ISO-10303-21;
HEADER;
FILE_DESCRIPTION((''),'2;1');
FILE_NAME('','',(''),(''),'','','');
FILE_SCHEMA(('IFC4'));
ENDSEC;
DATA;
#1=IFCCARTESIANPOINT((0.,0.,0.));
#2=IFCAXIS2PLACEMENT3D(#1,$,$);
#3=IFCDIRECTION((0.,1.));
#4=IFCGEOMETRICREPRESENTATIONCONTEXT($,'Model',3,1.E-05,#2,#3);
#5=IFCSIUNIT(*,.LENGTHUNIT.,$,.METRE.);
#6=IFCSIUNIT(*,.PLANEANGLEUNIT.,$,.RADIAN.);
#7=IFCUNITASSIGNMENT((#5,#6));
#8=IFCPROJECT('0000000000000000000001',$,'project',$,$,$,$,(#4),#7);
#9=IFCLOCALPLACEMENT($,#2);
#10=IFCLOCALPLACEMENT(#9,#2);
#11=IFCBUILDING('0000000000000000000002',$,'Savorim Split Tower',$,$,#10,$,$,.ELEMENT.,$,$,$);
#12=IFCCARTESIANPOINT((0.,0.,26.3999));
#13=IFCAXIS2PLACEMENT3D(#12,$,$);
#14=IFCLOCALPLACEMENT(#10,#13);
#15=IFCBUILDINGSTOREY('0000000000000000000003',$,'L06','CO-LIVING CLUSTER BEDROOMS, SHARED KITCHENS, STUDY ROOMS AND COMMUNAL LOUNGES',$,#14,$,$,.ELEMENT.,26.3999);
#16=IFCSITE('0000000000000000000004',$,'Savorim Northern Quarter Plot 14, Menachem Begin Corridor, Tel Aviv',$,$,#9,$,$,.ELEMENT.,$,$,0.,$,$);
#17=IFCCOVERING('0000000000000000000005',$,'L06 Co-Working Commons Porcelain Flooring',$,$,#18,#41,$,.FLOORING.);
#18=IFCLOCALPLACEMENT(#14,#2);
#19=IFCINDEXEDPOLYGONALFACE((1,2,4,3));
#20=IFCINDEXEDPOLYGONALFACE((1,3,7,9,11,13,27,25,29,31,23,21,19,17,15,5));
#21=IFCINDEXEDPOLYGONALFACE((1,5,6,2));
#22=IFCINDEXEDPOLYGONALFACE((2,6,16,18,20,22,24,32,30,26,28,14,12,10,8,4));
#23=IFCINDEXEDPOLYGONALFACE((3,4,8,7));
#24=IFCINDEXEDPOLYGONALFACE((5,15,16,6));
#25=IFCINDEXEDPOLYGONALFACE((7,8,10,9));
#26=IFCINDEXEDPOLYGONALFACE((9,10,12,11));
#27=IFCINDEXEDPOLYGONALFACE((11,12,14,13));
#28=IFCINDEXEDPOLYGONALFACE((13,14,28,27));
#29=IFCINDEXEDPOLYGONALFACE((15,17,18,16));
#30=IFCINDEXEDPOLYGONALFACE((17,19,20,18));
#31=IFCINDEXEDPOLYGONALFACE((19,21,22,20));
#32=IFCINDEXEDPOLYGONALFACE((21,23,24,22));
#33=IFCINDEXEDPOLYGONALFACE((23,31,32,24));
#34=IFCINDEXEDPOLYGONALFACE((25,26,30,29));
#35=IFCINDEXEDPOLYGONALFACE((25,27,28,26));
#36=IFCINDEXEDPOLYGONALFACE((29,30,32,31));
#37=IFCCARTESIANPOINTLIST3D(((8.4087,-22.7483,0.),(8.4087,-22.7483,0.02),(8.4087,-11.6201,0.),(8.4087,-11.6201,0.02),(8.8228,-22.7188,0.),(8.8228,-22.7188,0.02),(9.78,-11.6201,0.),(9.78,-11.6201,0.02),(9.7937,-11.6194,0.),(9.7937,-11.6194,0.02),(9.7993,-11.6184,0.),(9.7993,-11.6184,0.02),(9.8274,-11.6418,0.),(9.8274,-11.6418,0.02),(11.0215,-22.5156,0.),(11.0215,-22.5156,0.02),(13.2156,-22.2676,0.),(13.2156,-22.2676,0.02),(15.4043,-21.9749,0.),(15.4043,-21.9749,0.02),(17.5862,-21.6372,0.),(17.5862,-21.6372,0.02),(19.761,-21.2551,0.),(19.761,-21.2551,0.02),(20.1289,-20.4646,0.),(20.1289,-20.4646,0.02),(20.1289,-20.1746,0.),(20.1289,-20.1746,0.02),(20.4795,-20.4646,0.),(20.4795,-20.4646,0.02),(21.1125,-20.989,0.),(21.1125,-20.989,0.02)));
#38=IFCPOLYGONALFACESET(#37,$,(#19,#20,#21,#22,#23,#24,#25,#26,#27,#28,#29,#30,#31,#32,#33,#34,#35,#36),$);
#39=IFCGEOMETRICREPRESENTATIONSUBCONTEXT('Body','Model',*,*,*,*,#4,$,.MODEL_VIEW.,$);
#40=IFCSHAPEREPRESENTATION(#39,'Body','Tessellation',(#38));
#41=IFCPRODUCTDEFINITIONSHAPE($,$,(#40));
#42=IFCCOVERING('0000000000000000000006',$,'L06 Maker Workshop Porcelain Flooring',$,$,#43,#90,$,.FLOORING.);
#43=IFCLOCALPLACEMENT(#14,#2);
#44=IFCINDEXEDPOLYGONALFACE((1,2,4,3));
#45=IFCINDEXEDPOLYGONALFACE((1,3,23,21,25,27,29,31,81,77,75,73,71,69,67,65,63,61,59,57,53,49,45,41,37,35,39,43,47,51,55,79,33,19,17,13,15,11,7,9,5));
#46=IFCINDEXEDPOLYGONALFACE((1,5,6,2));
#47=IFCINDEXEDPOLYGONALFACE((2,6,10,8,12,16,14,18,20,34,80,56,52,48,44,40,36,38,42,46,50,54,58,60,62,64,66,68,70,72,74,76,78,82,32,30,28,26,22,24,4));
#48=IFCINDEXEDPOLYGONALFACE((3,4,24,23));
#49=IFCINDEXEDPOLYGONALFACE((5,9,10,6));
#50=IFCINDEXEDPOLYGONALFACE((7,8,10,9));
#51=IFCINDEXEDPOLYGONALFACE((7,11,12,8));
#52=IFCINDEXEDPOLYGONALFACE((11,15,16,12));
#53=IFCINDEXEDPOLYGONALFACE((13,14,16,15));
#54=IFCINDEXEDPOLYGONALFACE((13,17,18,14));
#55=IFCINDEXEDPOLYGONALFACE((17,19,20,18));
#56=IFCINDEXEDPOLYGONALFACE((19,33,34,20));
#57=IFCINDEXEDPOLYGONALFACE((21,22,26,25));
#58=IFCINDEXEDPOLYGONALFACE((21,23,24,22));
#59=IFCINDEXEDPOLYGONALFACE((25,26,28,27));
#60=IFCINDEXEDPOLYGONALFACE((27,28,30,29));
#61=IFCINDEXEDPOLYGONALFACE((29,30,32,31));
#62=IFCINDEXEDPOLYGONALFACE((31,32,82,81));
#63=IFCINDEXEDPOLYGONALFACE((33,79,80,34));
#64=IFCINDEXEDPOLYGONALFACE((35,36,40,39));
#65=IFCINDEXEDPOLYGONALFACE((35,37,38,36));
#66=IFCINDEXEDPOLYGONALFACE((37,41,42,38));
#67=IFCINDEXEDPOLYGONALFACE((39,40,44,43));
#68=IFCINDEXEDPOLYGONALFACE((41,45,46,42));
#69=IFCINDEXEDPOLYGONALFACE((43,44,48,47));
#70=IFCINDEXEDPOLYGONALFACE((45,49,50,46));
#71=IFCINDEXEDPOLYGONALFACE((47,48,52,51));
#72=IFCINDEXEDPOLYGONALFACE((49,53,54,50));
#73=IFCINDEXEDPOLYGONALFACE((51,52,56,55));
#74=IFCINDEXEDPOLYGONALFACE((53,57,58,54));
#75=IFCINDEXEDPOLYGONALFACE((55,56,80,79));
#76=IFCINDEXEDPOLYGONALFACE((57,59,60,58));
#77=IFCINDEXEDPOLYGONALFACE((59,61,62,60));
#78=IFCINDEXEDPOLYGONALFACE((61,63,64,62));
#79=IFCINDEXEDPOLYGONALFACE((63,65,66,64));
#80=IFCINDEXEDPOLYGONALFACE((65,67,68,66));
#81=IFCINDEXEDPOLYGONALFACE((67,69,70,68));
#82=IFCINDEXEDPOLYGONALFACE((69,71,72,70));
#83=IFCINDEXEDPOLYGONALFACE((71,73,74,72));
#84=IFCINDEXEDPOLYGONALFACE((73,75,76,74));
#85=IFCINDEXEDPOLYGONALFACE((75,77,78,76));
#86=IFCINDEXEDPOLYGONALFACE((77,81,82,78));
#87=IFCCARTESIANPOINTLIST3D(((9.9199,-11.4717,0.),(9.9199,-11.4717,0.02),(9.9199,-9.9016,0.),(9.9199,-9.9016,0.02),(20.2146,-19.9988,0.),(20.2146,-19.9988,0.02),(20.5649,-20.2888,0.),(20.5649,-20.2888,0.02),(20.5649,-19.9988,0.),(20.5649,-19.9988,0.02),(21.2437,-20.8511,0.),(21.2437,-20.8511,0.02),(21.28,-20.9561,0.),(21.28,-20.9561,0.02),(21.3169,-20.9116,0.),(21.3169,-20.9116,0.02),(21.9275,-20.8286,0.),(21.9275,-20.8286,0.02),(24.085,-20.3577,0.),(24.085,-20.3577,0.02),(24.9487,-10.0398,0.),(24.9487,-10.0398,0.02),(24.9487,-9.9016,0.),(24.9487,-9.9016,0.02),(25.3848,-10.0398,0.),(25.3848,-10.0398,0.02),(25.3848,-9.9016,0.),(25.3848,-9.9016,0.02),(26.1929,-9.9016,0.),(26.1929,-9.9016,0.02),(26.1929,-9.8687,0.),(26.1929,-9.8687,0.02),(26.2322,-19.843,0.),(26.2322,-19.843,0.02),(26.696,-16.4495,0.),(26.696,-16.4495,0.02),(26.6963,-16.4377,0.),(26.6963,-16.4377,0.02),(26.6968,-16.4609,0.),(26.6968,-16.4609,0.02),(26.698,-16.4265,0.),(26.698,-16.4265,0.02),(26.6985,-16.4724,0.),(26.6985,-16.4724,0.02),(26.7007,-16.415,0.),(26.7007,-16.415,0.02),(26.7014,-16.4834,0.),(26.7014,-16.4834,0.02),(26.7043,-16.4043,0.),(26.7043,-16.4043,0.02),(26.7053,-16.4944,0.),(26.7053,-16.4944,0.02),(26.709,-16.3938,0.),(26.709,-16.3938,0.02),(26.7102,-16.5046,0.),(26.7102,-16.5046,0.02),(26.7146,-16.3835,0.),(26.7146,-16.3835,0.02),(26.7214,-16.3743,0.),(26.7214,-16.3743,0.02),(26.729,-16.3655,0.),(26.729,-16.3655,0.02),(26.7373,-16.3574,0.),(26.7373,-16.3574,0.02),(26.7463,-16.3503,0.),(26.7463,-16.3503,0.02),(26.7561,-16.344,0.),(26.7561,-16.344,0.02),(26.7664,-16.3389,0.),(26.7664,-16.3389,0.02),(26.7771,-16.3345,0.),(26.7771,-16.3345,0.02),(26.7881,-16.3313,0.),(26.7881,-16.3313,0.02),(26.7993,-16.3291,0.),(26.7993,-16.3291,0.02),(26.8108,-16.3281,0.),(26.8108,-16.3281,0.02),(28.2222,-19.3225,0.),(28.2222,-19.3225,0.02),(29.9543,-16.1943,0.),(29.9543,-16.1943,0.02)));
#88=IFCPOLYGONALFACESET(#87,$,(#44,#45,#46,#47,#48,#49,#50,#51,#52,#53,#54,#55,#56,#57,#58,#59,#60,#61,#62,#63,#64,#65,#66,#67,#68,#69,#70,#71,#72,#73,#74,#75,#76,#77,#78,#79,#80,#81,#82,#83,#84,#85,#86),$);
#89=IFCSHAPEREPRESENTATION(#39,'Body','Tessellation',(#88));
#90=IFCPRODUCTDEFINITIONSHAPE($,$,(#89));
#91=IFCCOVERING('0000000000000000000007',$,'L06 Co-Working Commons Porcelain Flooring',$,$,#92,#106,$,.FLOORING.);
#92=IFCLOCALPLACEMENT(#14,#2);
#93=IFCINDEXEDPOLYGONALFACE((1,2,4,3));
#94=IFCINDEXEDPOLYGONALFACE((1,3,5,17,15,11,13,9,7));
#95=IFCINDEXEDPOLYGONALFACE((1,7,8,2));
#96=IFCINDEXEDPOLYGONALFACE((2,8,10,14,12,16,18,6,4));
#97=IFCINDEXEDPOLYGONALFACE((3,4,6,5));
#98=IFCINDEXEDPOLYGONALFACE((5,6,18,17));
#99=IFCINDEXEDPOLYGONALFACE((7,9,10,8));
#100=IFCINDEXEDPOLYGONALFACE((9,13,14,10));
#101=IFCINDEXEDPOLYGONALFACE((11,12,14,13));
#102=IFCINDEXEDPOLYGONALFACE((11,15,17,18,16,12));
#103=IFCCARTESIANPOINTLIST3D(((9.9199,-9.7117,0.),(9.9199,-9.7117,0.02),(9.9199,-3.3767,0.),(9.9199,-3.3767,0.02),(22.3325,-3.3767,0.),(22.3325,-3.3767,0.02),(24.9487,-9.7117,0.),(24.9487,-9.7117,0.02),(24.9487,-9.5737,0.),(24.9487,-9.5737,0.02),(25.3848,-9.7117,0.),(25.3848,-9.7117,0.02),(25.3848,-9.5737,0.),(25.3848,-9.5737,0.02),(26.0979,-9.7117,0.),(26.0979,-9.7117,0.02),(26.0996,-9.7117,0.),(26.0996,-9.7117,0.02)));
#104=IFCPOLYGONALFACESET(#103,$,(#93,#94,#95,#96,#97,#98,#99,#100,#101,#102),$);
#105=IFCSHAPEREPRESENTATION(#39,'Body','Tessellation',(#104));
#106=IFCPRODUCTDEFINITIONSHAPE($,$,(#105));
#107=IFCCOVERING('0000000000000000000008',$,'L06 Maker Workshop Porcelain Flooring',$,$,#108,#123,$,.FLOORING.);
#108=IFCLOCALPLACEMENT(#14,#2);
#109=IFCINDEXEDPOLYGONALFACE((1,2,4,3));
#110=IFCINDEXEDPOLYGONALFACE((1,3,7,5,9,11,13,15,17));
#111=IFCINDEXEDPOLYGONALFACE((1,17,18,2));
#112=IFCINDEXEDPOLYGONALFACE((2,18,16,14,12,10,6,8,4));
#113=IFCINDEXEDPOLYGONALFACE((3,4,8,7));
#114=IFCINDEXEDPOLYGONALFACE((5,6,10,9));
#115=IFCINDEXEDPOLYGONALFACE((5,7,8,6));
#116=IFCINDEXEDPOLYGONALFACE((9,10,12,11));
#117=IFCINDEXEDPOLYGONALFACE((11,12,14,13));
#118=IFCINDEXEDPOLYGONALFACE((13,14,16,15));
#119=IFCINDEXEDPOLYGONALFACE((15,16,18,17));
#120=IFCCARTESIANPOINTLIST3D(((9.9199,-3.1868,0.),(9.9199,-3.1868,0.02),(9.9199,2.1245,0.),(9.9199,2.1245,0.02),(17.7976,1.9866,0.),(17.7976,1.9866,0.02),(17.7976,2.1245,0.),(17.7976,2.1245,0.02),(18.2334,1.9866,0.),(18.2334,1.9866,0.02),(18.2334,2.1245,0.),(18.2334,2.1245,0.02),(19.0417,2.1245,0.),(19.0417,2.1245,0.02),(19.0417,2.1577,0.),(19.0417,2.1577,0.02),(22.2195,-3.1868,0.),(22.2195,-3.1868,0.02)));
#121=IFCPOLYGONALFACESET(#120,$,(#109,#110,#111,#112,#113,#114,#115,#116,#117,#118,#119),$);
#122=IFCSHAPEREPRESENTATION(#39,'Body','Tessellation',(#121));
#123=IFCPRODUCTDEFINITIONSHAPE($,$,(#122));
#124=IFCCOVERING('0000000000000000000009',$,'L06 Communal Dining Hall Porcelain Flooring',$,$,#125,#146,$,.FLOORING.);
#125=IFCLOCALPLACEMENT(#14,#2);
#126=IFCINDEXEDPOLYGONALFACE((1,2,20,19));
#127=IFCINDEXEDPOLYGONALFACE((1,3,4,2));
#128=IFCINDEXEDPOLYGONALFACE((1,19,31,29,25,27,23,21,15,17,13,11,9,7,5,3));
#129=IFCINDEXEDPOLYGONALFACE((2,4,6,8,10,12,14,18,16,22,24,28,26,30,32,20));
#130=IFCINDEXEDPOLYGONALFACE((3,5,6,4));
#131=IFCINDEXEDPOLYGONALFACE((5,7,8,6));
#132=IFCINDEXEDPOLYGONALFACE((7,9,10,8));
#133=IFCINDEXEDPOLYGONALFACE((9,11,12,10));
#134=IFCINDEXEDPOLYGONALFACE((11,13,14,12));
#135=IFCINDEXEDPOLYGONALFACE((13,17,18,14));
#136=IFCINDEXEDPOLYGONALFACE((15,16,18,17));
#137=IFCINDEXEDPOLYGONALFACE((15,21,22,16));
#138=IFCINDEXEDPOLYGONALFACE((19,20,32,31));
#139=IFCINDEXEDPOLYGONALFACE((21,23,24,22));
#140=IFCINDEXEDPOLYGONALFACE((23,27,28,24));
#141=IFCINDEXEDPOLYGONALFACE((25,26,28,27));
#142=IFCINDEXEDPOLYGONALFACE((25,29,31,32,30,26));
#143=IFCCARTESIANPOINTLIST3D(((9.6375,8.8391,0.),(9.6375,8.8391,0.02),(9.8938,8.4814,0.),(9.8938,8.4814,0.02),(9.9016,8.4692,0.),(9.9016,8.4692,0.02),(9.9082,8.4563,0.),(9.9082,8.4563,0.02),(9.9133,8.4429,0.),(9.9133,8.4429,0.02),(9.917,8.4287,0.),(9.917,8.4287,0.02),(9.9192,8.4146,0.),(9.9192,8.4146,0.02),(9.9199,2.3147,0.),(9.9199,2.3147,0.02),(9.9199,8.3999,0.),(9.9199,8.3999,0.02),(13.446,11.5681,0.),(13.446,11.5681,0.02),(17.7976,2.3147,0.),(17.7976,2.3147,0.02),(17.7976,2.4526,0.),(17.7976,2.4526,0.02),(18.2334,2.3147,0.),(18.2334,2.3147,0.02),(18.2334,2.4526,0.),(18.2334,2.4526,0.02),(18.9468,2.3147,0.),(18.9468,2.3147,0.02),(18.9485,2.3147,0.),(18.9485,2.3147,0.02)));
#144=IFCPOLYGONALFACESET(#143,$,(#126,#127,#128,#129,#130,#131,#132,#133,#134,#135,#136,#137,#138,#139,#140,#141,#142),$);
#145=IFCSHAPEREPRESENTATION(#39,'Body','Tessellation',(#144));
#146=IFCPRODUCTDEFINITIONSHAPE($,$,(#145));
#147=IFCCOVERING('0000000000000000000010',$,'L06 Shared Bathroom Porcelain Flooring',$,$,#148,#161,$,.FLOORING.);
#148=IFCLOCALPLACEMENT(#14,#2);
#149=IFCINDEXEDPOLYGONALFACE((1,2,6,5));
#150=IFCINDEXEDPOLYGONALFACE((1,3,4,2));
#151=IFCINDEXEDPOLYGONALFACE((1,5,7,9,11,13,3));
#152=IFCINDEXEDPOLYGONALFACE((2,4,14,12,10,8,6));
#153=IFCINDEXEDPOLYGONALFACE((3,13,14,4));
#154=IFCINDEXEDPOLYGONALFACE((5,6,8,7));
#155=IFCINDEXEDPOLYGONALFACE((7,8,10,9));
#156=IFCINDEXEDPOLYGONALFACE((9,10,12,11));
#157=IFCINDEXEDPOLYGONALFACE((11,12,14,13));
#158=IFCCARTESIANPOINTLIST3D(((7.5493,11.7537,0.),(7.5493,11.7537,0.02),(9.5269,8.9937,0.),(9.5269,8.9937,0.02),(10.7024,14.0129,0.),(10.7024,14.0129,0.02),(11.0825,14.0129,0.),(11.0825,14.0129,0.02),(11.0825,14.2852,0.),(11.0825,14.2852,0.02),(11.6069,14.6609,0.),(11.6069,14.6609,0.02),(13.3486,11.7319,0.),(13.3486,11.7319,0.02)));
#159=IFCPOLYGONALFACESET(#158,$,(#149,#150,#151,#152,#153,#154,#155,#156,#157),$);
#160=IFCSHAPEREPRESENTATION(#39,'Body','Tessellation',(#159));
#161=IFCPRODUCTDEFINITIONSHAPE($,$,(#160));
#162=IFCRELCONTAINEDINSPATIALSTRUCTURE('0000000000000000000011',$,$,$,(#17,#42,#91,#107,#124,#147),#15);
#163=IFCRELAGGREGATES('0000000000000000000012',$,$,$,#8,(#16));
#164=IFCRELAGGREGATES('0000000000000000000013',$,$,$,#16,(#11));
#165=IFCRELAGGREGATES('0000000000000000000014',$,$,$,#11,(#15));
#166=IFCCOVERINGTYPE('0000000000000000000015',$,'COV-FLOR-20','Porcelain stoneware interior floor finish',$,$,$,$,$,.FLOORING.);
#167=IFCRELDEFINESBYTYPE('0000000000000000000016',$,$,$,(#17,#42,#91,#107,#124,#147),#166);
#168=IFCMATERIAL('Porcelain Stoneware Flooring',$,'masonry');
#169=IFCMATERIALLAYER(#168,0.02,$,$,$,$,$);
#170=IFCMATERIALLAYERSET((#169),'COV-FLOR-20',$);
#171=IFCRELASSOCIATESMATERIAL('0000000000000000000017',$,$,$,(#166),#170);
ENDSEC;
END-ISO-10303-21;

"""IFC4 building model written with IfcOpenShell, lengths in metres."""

from ifc_helpers import new_model, si_unit, direction, frame, origin, place, context, subcontext, project, spatial, polyline, outline, extrude, material, layer, layer_set, type_object, element, save


model = new_model("IFC4")

# Units and contexts
model_context = context("Model", 3, precision=1e-05, world=origin(), true_north=direction((0.0, 1.0)))
body_context = subcontext(model_context, "Body", "Model", "MODEL_VIEW")
ifc_project = project(units=[si_unit("LENGTHUNIT", "METRE"), si_unit("PLANEANGLEUNIT", "RADIAN")], contexts=[model_context])

# Site, building, storey
site_placement = place(None, origin())
site = spatial("IfcSite", under=ifc_project, at=site_placement, Name="Savorim Northern Quarter Plot 14, Menachem Begin Corridor, Tel Aviv", CompositionType="ELEMENT", RefElevation=0.0)
building_placement = place(site_placement, origin())
building = spatial("IfcBuilding", under=site, at=building_placement, Name="Savorim Split Tower", CompositionType="ELEMENT")
storey_placement = place(building_placement, frame((0.0, 0.0, 26.3999)))
storey = spatial("IfcBuildingStorey", under=building, at=storey_placement, Name="L06", Description="CO-LIVING CLUSTER BEDROOMS, SHARED KITCHENS, STUDY ROOMS AND COMMUNAL LOUNGES", CompositionType="ELEMENT", Elevation=26.3999)

# Coverings
ifc_material_1 = material(Name="Porcelain Stoneware Flooring", Category="masonry")
ifc_layer_1 = layer(ifc_material_1, 0.02)
ifc_layer_set_1 = layer_set([ifc_layer_1], Name="COV-FLOR-20")
covering_type_1 = type_object("IfcCoveringType", Name="COV-FLOR-20", Description="Porcelain stoneware interior floor finish", PredefinedType="FLOORING", material=ifc_layer_set_1)
covering_1_placement = place(storey_placement, origin())
element("IfcCovering", 1, at=covering_1_placement, inside=storey, type_object=covering_type_1, Name="L06 Co-Working Commons Porcelain Flooring", PredefinedType="FLOORING", context=body_context, shape_type="SweptSolid", body=[
    extrude(outline(polyline([(13.2156, -22.2676), (15.4043, -21.9749), (17.5862, -21.6372), (19.761, -21.2551), (21.1125, -20.989), (20.4795, -20.4646), (20.1289, -20.4646), (20.1289, -20.1746), (9.8274, -11.6418), (9.7993, -11.6184), (9.7937, -11.6194), (9.78, -11.6201), (8.4087, -11.6201), (8.4087, -22.7483), (8.8228, -22.7188), (11.0215, -22.5156), (13.2156, -22.2676)])), origin(), (0.0, 0.0, 1.0), 0.02),
])
covering_2_placement = place(storey_placement, origin())
element("IfcCovering", 2, at=covering_2_placement, inside=storey, type_object=covering_type_1, Name="L06 Maker Workshop Porcelain Flooring", PredefinedType="FLOORING", context=body_context, shape_type="SweptSolid", body=[
    extrude(outline(polyline([(26.7881, -16.3313), (26.7993, -16.3291), (26.8108, -16.3281), (29.9543, -16.1943), (26.1929, -9.8687), (26.1929, -9.9016), (25.3848, -9.9016), (25.3848, -10.0398), (24.9487, -10.0398), (24.9487, -9.9016), (9.9199, -9.9016), (9.9199, -11.4717), (20.2146, -19.9988), (20.5649, -19.9988), (20.5649, -20.2888), (21.2437, -20.8511), (21.3169, -20.9116), (21.28, -20.9561), (21.9275, -20.8286), (24.085, -20.3577), (26.2322, -19.843), (28.2222, -19.3225), (26.7102, -16.5046), (26.7053, -16.4944), (26.7014, -16.4834), (26.6985, -16.4724), (26.6968, -16.4609), (26.696, -16.4495), (26.6963, -16.4377), (26.698, -16.4265), (26.7007, -16.415), (26.7043, -16.4043), (26.709, -16.3938), (26.7146, -16.3835), (26.7214, -16.3743), (26.729, -16.3655), (26.7373, -16.3574), (26.7463, -16.3503), (26.7561, -16.344), (26.7664, -16.3389), (26.7771, -16.3345), (26.7881, -16.3313)])), origin(), (0.0, 0.0, 1.0), 0.02),
])
covering_3_placement = place(storey_placement, origin())
element("IfcCovering", 3, at=covering_3_placement, inside=storey, type_object=covering_type_1, Name="L06 Co-Working Commons Porcelain Flooring", PredefinedType="FLOORING", context=body_context, shape_type="SweptSolid", body=[
    extrude(outline(polyline([(25.3848, -9.5737), (25.3848, -9.7117), (26.0979, -9.7117), (26.0996, -9.7117), (22.3325, -3.3767), (9.9199, -3.3767), (9.9199, -9.7117), (24.9487, -9.7117), (24.9487, -9.5737), (25.3848, -9.5737)])), origin(), (0.0, 0.0, 1.0), 0.02),
])
covering_4_placement = place(storey_placement, origin())
element("IfcCovering", 4, at=covering_4_placement, inside=storey, type_object=covering_type_1, Name="L06 Maker Workshop Porcelain Flooring", PredefinedType="FLOORING", context=body_context, shape_type="SweptSolid", body=[
    extrude(outline(polyline([(17.7976, 1.9866), (17.7976, 2.1245), (9.9199, 2.1245), (9.9199, -3.1868), (22.2195, -3.1868), (19.0417, 2.1577), (19.0417, 2.1245), (18.2334, 2.1245), (18.2334, 1.9866), (17.7976, 1.9866)])), origin(), (0.0, 0.0, 1.0), 0.02),
])
covering_5_placement = place(storey_placement, origin())
element("IfcCovering", 5, at=covering_5_placement, inside=storey, type_object=covering_type_1, Name="L06 Communal Dining Hall Porcelain Flooring", PredefinedType="FLOORING", context=body_context, shape_type="SweptSolid", body=[
    extrude(outline(polyline([(18.2334, 2.4526), (18.2334, 2.3147), (18.9468, 2.3147), (18.9485, 2.3147), (13.446, 11.5681), (9.6375, 8.8391), (9.8938, 8.4814), (9.9016, 8.4692), (9.9082, 8.4563), (9.9133, 8.4429), (9.917, 8.4287), (9.9192, 8.4146), (9.9199, 8.3999), (9.9199, 2.3147), (17.7976, 2.3147), (17.7976, 2.4526), (18.2334, 2.4526)])), origin(), (0.0, 0.0, 1.0), 0.02),
])
covering_6_placement = place(storey_placement, origin())
element("IfcCovering", 6, at=covering_6_placement, inside=storey, type_object=covering_type_1, Name="L06 Shared Bathroom Porcelain Flooring", PredefinedType="FLOORING", context=body_context, shape_type="SweptSolid", body=[
    extrude(outline(polyline([(11.0825, 14.0129), (10.7024, 14.0129), (7.5493, 11.7537), (9.5269, 8.9937), (13.3486, 11.7319), (11.6069, 14.6609), (11.0825, 14.2852), (11.0825, 14.0129)])), origin(), (0.0, 0.0, 1.0), 0.02),
])

save(model, "model.ifc")
